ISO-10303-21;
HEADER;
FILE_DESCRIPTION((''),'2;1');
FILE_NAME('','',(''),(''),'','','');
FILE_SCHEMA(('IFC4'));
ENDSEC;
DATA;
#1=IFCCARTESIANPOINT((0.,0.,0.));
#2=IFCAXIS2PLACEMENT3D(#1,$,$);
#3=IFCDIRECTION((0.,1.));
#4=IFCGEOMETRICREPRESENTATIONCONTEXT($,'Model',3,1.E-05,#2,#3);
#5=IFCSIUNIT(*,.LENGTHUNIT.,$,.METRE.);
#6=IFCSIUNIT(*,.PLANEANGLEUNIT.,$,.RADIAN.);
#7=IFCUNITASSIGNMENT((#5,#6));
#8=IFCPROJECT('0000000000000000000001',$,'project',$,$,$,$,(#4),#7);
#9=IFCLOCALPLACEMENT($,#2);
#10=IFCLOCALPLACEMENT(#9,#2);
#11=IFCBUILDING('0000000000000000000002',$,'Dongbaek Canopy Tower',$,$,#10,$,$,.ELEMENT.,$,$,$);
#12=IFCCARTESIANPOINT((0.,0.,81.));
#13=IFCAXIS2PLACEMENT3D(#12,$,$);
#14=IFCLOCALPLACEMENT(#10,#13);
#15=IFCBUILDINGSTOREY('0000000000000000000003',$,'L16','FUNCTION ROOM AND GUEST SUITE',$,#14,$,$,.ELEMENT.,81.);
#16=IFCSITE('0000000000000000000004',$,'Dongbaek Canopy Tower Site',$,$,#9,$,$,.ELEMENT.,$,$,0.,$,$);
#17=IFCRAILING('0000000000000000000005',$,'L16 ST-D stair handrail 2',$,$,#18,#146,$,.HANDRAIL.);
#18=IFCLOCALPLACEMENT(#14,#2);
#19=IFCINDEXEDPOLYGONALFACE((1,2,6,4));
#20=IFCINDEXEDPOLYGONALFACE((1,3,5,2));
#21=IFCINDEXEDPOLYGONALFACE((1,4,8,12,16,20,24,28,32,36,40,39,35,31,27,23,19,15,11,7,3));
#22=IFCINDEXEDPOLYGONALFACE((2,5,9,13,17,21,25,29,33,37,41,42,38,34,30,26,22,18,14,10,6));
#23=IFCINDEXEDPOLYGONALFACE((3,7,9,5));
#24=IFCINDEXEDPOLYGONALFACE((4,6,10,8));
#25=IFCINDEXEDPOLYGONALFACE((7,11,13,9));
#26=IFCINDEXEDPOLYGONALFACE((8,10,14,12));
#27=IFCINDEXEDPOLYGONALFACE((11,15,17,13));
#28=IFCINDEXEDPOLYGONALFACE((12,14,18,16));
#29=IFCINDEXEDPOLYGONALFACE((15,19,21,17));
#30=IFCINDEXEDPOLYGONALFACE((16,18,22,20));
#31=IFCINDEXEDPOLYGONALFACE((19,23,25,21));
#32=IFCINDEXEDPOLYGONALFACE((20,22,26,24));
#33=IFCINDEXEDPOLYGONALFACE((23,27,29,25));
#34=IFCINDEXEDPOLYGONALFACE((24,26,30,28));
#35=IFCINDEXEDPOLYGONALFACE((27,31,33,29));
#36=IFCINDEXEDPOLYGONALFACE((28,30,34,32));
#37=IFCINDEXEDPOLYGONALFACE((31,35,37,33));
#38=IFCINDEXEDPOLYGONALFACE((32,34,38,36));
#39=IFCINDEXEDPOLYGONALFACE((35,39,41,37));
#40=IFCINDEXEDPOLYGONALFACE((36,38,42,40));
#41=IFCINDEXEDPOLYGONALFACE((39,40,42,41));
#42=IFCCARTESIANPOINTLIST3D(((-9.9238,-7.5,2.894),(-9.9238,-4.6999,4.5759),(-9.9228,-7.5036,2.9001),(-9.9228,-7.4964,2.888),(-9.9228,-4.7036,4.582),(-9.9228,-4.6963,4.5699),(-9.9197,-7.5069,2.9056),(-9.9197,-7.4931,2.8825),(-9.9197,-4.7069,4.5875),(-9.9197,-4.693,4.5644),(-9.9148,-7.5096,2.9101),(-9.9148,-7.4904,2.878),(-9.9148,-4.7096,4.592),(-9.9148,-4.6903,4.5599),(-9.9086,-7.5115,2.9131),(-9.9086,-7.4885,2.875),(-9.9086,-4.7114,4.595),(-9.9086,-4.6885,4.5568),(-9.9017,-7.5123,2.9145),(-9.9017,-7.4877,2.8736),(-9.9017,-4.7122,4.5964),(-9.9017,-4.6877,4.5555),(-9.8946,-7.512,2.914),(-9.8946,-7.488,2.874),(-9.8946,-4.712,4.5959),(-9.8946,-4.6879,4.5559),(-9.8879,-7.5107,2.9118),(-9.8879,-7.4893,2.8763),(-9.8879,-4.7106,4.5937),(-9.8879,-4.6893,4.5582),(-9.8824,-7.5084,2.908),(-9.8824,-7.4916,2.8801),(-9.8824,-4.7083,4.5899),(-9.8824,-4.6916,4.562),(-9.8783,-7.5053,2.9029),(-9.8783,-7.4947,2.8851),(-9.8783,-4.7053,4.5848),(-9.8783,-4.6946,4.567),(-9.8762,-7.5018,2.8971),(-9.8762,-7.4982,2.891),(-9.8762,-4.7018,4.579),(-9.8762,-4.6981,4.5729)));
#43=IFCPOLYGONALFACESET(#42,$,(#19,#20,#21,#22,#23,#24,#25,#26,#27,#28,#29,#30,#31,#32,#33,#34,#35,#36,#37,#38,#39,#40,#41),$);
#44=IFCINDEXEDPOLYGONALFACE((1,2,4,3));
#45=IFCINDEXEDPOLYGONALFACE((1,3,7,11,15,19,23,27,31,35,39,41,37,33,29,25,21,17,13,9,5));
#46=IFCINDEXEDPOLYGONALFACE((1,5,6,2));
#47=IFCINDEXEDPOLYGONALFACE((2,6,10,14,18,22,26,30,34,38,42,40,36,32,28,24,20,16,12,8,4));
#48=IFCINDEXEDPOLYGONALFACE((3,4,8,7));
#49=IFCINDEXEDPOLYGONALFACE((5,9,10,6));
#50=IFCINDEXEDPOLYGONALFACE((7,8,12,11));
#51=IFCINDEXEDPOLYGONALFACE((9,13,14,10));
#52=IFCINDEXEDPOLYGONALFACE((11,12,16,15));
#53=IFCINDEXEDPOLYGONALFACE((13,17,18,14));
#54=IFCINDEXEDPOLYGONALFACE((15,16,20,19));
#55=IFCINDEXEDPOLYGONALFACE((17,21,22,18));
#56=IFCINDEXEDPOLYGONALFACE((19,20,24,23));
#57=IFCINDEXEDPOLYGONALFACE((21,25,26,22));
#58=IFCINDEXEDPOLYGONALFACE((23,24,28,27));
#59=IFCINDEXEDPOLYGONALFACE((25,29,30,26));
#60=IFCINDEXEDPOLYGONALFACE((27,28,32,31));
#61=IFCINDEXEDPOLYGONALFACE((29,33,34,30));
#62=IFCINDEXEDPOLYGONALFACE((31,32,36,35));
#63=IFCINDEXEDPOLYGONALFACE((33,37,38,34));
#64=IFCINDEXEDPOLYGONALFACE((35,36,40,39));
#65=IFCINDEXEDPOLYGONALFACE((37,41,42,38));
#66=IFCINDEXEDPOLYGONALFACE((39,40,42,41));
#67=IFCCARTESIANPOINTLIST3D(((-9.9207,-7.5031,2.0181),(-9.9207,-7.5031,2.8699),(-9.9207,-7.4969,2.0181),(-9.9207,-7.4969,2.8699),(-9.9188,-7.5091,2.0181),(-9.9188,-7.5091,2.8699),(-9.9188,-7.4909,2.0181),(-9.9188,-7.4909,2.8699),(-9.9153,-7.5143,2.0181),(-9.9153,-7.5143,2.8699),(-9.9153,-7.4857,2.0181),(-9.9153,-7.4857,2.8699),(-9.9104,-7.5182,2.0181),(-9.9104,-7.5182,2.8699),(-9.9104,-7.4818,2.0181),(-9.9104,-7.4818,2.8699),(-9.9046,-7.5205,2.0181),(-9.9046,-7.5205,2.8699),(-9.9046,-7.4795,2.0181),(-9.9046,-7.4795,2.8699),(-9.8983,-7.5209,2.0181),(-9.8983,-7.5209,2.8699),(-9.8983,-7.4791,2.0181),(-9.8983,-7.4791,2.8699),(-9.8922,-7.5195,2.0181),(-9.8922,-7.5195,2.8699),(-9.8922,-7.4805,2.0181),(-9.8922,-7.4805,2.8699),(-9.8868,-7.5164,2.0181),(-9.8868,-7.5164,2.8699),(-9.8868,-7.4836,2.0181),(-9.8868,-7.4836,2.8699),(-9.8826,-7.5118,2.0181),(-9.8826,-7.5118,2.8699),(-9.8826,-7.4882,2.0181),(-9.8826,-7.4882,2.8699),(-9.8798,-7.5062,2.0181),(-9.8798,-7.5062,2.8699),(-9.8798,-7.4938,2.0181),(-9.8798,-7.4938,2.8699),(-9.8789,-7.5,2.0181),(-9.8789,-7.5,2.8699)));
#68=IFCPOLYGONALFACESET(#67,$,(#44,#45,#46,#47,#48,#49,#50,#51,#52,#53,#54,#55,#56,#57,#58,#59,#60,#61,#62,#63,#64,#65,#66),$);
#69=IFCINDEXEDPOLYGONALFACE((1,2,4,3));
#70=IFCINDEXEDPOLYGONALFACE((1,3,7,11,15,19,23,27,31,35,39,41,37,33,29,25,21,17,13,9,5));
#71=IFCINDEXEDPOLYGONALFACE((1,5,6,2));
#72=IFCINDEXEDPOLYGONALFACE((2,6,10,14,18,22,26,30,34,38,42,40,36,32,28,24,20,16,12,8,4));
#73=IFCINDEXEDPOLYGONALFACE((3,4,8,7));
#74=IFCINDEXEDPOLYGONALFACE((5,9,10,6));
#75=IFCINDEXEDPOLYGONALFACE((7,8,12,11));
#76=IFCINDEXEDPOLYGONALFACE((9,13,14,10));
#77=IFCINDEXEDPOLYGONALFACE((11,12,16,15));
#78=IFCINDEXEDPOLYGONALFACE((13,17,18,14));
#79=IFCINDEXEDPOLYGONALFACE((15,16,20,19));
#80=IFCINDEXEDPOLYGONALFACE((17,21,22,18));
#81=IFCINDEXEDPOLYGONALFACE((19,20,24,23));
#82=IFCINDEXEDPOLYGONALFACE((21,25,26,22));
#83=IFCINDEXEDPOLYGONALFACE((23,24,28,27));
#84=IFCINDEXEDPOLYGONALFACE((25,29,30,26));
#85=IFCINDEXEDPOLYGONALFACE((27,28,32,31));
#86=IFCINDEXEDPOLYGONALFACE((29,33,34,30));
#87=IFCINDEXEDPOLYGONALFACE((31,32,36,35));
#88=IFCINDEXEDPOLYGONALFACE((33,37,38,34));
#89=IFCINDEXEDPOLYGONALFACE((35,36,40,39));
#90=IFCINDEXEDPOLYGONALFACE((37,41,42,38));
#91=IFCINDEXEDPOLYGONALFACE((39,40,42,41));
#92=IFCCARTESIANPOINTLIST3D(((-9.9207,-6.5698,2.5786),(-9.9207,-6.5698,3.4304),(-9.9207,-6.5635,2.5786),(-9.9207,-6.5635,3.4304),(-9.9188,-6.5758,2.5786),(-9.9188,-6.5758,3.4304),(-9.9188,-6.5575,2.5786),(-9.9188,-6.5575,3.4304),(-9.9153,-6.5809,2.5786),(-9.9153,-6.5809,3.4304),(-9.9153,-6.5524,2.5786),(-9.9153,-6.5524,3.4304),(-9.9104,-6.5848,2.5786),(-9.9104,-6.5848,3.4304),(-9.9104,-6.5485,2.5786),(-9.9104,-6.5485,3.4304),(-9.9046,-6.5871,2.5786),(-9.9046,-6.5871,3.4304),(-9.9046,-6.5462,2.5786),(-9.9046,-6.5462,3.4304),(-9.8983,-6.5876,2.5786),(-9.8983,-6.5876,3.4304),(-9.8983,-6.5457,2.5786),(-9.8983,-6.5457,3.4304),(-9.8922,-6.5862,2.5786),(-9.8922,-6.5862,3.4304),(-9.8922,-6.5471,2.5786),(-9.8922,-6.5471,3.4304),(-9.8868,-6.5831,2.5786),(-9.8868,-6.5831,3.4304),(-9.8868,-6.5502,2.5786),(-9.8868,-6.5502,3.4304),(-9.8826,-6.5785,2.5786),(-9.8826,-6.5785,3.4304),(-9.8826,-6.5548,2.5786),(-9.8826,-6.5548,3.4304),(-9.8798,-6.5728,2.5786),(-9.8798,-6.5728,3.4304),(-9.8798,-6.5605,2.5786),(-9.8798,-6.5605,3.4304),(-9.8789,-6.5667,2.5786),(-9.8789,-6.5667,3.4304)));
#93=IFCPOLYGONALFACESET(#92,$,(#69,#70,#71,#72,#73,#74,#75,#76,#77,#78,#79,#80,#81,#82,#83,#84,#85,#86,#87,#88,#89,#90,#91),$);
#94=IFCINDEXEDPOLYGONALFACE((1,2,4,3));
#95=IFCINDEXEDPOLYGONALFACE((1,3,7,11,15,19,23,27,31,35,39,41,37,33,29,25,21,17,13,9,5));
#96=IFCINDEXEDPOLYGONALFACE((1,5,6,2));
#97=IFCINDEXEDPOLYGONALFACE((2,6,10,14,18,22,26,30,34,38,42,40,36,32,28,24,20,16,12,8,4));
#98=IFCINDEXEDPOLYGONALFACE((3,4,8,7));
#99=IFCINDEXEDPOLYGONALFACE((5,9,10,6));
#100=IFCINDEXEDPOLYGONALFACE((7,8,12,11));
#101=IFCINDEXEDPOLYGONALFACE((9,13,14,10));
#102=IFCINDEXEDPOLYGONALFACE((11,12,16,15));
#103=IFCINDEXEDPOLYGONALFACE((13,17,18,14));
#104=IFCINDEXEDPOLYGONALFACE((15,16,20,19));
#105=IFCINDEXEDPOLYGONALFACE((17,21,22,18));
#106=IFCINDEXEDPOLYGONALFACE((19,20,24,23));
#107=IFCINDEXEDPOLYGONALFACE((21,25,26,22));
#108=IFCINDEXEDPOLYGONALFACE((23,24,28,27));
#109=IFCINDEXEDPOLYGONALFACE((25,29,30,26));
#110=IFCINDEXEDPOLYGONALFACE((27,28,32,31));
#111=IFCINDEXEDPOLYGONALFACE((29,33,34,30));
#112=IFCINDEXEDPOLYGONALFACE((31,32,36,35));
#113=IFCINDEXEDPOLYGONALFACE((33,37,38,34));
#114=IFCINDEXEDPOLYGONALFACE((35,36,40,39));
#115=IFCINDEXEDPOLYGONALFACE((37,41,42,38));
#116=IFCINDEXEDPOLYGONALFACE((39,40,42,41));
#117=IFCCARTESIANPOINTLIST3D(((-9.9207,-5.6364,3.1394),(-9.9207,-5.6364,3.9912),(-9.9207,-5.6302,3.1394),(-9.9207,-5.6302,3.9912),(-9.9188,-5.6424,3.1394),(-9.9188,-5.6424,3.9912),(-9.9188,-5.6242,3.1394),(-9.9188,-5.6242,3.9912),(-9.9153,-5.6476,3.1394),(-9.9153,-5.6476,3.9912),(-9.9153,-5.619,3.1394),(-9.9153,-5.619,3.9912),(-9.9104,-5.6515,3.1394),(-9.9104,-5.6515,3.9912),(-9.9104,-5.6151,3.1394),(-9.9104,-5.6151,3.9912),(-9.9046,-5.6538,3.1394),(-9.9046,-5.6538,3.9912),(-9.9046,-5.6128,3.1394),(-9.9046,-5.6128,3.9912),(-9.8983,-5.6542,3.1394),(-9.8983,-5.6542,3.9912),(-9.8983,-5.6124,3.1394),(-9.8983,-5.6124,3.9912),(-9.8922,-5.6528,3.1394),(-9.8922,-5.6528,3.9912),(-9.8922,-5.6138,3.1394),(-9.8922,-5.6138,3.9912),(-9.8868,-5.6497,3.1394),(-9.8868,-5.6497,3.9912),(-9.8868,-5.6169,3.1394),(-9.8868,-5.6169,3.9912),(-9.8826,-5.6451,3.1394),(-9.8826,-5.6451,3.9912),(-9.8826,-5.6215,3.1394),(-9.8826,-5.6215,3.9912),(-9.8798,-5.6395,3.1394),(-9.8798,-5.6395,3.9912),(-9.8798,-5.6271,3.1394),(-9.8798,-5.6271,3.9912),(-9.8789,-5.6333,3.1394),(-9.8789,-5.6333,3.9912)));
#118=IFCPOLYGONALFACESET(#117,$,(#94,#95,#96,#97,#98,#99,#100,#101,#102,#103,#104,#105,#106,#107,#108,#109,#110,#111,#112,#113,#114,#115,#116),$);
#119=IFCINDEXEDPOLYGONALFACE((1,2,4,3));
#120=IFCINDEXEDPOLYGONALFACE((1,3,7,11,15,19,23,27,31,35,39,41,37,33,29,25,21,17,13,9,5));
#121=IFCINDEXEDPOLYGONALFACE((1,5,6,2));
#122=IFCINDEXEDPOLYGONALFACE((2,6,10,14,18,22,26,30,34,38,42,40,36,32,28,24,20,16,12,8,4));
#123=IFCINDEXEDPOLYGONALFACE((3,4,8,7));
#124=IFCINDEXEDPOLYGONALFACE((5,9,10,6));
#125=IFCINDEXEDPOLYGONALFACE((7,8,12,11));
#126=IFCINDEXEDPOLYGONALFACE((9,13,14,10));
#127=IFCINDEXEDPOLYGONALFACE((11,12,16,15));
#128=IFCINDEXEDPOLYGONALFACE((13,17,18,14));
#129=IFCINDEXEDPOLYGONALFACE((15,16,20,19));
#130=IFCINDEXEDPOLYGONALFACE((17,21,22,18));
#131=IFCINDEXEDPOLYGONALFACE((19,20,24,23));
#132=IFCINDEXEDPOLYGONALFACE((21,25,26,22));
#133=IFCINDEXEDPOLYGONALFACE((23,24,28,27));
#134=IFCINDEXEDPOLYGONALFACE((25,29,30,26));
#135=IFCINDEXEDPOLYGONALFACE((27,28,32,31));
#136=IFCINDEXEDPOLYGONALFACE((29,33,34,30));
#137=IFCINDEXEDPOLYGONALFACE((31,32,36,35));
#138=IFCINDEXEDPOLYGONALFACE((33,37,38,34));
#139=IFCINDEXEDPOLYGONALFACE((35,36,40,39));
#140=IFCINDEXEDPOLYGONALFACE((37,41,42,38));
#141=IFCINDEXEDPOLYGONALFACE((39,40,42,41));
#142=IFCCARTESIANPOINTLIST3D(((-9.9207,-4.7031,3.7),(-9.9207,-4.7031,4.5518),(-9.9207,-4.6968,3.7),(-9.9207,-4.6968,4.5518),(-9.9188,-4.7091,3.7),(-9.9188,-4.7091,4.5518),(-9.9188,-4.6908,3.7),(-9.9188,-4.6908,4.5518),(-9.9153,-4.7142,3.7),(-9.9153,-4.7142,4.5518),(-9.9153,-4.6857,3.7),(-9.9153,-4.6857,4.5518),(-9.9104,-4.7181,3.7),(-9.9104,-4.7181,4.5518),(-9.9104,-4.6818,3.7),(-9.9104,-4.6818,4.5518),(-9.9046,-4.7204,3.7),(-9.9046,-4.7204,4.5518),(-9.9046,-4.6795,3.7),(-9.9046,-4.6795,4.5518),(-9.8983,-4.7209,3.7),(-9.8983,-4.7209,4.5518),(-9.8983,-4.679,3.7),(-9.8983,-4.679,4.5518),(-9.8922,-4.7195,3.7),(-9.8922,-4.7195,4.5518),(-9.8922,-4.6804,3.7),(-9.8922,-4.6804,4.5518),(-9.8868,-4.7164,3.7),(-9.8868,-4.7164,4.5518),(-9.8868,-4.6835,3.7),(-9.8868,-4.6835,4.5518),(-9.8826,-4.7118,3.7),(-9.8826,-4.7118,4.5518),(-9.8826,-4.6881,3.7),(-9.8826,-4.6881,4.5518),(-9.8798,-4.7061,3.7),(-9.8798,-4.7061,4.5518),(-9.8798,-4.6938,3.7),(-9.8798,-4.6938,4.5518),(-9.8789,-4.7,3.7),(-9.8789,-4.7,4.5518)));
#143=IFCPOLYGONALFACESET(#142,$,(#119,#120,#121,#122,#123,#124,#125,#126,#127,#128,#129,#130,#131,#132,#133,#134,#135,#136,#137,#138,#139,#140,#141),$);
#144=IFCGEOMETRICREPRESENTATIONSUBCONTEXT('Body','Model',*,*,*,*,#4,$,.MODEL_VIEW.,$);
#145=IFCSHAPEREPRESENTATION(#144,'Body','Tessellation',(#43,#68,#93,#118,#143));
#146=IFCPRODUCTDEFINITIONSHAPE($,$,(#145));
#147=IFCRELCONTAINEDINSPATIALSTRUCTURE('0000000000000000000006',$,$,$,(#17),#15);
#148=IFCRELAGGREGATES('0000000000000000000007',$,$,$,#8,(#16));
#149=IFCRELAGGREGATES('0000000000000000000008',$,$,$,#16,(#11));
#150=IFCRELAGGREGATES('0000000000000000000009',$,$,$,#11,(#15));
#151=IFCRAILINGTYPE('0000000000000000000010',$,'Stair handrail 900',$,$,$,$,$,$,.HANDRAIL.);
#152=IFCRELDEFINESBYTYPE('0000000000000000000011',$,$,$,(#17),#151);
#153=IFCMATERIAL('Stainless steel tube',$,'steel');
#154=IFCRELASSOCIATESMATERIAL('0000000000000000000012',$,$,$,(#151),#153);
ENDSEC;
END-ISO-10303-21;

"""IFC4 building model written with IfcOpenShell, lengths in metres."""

from ifc_helpers import new_model, si_unit, direction, frame, origin, origin_2d, place, context, subcontext, project, spatial, circle, extrude, material, type_object, element, save


model = new_model("IFC4")

# Units and contexts
model_context = context("Model", 3, precision=1e-05, world=origin(), true_north=direction((0.0, 1.0)))
body_context = subcontext(model_context, "Body", "Model", "MODEL_VIEW")
ifc_project = project(units=[si_unit("LENGTHUNIT", "METRE"), si_unit("PLANEANGLEUNIT", "RADIAN")], contexts=[model_context])

# Site, building, storey
site_placement = place(None, origin())
site = spatial("IfcSite", under=ifc_project, at=site_placement, Name="Dongbaek Canopy Tower Site", CompositionType="ELEMENT", RefElevation=0.0)
building_placement = place(site_placement, origin())
building = spatial("IfcBuilding", under=site, at=building_placement, Name="Dongbaek Canopy Tower", CompositionType="ELEMENT")
storey_placement = place(building_placement, frame((0.0, 0.0, 81.0)))
storey = spatial("IfcBuildingStorey", under=building, at=storey_placement, Name="L16", Description="FUNCTION ROOM AND GUEST SUITE", CompositionType="ELEMENT", Elevation=81.0)

# Railing
ifc_material_1 = material(Name="Stainless steel tube", Category="steel")
railing_type_1 = type_object("IfcRailingType", Name="Stair handrail 900", PredefinedType="HANDRAIL", material=ifc_material_1)
railing_1_placement = place(storey_placement, frame((-9.8999, -7.5, 2.0181)))
element("IfcRailing", 1, at=railing_1_placement, inside=storey, type_object=railing_type_1, Name="L16 ST-D stair handrail 2", PredefinedType="HANDRAIL", context=body_context, shape_type="SweptSolid", body=[
    extrude(circle(Radius=0.0239, at=origin_2d()), frame((0.0, 0.0, 0.876), z_axis=(0.0, 0.857242, 0.514913), x_axis=(-1.0, 0.0, 0.0)), (0.0, 0.0, 1.0), 3.2664),
    extrude(circle(Radius=0.021, at=origin_2d()), origin(), (0.0, 0.0, 1.0), 0.8518),
    extrude(circle(Radius=0.021, at=origin_2d()), frame((0.0, 0.9333, 0.5605)), (0.0, 0.0, 1.0), 0.8518),
    extrude(circle(Radius=0.021, at=origin_2d()), frame((0.0, 1.8667, 1.1213)), (0.0, 0.0, 1.0), 0.8518),
    extrude(circle(Radius=0.021, at=origin_2d()), frame((0.0, 2.8, 1.6819)), (0.0, 0.0, 1.0), 0.8518),
])

save(model, "model.ifc")
